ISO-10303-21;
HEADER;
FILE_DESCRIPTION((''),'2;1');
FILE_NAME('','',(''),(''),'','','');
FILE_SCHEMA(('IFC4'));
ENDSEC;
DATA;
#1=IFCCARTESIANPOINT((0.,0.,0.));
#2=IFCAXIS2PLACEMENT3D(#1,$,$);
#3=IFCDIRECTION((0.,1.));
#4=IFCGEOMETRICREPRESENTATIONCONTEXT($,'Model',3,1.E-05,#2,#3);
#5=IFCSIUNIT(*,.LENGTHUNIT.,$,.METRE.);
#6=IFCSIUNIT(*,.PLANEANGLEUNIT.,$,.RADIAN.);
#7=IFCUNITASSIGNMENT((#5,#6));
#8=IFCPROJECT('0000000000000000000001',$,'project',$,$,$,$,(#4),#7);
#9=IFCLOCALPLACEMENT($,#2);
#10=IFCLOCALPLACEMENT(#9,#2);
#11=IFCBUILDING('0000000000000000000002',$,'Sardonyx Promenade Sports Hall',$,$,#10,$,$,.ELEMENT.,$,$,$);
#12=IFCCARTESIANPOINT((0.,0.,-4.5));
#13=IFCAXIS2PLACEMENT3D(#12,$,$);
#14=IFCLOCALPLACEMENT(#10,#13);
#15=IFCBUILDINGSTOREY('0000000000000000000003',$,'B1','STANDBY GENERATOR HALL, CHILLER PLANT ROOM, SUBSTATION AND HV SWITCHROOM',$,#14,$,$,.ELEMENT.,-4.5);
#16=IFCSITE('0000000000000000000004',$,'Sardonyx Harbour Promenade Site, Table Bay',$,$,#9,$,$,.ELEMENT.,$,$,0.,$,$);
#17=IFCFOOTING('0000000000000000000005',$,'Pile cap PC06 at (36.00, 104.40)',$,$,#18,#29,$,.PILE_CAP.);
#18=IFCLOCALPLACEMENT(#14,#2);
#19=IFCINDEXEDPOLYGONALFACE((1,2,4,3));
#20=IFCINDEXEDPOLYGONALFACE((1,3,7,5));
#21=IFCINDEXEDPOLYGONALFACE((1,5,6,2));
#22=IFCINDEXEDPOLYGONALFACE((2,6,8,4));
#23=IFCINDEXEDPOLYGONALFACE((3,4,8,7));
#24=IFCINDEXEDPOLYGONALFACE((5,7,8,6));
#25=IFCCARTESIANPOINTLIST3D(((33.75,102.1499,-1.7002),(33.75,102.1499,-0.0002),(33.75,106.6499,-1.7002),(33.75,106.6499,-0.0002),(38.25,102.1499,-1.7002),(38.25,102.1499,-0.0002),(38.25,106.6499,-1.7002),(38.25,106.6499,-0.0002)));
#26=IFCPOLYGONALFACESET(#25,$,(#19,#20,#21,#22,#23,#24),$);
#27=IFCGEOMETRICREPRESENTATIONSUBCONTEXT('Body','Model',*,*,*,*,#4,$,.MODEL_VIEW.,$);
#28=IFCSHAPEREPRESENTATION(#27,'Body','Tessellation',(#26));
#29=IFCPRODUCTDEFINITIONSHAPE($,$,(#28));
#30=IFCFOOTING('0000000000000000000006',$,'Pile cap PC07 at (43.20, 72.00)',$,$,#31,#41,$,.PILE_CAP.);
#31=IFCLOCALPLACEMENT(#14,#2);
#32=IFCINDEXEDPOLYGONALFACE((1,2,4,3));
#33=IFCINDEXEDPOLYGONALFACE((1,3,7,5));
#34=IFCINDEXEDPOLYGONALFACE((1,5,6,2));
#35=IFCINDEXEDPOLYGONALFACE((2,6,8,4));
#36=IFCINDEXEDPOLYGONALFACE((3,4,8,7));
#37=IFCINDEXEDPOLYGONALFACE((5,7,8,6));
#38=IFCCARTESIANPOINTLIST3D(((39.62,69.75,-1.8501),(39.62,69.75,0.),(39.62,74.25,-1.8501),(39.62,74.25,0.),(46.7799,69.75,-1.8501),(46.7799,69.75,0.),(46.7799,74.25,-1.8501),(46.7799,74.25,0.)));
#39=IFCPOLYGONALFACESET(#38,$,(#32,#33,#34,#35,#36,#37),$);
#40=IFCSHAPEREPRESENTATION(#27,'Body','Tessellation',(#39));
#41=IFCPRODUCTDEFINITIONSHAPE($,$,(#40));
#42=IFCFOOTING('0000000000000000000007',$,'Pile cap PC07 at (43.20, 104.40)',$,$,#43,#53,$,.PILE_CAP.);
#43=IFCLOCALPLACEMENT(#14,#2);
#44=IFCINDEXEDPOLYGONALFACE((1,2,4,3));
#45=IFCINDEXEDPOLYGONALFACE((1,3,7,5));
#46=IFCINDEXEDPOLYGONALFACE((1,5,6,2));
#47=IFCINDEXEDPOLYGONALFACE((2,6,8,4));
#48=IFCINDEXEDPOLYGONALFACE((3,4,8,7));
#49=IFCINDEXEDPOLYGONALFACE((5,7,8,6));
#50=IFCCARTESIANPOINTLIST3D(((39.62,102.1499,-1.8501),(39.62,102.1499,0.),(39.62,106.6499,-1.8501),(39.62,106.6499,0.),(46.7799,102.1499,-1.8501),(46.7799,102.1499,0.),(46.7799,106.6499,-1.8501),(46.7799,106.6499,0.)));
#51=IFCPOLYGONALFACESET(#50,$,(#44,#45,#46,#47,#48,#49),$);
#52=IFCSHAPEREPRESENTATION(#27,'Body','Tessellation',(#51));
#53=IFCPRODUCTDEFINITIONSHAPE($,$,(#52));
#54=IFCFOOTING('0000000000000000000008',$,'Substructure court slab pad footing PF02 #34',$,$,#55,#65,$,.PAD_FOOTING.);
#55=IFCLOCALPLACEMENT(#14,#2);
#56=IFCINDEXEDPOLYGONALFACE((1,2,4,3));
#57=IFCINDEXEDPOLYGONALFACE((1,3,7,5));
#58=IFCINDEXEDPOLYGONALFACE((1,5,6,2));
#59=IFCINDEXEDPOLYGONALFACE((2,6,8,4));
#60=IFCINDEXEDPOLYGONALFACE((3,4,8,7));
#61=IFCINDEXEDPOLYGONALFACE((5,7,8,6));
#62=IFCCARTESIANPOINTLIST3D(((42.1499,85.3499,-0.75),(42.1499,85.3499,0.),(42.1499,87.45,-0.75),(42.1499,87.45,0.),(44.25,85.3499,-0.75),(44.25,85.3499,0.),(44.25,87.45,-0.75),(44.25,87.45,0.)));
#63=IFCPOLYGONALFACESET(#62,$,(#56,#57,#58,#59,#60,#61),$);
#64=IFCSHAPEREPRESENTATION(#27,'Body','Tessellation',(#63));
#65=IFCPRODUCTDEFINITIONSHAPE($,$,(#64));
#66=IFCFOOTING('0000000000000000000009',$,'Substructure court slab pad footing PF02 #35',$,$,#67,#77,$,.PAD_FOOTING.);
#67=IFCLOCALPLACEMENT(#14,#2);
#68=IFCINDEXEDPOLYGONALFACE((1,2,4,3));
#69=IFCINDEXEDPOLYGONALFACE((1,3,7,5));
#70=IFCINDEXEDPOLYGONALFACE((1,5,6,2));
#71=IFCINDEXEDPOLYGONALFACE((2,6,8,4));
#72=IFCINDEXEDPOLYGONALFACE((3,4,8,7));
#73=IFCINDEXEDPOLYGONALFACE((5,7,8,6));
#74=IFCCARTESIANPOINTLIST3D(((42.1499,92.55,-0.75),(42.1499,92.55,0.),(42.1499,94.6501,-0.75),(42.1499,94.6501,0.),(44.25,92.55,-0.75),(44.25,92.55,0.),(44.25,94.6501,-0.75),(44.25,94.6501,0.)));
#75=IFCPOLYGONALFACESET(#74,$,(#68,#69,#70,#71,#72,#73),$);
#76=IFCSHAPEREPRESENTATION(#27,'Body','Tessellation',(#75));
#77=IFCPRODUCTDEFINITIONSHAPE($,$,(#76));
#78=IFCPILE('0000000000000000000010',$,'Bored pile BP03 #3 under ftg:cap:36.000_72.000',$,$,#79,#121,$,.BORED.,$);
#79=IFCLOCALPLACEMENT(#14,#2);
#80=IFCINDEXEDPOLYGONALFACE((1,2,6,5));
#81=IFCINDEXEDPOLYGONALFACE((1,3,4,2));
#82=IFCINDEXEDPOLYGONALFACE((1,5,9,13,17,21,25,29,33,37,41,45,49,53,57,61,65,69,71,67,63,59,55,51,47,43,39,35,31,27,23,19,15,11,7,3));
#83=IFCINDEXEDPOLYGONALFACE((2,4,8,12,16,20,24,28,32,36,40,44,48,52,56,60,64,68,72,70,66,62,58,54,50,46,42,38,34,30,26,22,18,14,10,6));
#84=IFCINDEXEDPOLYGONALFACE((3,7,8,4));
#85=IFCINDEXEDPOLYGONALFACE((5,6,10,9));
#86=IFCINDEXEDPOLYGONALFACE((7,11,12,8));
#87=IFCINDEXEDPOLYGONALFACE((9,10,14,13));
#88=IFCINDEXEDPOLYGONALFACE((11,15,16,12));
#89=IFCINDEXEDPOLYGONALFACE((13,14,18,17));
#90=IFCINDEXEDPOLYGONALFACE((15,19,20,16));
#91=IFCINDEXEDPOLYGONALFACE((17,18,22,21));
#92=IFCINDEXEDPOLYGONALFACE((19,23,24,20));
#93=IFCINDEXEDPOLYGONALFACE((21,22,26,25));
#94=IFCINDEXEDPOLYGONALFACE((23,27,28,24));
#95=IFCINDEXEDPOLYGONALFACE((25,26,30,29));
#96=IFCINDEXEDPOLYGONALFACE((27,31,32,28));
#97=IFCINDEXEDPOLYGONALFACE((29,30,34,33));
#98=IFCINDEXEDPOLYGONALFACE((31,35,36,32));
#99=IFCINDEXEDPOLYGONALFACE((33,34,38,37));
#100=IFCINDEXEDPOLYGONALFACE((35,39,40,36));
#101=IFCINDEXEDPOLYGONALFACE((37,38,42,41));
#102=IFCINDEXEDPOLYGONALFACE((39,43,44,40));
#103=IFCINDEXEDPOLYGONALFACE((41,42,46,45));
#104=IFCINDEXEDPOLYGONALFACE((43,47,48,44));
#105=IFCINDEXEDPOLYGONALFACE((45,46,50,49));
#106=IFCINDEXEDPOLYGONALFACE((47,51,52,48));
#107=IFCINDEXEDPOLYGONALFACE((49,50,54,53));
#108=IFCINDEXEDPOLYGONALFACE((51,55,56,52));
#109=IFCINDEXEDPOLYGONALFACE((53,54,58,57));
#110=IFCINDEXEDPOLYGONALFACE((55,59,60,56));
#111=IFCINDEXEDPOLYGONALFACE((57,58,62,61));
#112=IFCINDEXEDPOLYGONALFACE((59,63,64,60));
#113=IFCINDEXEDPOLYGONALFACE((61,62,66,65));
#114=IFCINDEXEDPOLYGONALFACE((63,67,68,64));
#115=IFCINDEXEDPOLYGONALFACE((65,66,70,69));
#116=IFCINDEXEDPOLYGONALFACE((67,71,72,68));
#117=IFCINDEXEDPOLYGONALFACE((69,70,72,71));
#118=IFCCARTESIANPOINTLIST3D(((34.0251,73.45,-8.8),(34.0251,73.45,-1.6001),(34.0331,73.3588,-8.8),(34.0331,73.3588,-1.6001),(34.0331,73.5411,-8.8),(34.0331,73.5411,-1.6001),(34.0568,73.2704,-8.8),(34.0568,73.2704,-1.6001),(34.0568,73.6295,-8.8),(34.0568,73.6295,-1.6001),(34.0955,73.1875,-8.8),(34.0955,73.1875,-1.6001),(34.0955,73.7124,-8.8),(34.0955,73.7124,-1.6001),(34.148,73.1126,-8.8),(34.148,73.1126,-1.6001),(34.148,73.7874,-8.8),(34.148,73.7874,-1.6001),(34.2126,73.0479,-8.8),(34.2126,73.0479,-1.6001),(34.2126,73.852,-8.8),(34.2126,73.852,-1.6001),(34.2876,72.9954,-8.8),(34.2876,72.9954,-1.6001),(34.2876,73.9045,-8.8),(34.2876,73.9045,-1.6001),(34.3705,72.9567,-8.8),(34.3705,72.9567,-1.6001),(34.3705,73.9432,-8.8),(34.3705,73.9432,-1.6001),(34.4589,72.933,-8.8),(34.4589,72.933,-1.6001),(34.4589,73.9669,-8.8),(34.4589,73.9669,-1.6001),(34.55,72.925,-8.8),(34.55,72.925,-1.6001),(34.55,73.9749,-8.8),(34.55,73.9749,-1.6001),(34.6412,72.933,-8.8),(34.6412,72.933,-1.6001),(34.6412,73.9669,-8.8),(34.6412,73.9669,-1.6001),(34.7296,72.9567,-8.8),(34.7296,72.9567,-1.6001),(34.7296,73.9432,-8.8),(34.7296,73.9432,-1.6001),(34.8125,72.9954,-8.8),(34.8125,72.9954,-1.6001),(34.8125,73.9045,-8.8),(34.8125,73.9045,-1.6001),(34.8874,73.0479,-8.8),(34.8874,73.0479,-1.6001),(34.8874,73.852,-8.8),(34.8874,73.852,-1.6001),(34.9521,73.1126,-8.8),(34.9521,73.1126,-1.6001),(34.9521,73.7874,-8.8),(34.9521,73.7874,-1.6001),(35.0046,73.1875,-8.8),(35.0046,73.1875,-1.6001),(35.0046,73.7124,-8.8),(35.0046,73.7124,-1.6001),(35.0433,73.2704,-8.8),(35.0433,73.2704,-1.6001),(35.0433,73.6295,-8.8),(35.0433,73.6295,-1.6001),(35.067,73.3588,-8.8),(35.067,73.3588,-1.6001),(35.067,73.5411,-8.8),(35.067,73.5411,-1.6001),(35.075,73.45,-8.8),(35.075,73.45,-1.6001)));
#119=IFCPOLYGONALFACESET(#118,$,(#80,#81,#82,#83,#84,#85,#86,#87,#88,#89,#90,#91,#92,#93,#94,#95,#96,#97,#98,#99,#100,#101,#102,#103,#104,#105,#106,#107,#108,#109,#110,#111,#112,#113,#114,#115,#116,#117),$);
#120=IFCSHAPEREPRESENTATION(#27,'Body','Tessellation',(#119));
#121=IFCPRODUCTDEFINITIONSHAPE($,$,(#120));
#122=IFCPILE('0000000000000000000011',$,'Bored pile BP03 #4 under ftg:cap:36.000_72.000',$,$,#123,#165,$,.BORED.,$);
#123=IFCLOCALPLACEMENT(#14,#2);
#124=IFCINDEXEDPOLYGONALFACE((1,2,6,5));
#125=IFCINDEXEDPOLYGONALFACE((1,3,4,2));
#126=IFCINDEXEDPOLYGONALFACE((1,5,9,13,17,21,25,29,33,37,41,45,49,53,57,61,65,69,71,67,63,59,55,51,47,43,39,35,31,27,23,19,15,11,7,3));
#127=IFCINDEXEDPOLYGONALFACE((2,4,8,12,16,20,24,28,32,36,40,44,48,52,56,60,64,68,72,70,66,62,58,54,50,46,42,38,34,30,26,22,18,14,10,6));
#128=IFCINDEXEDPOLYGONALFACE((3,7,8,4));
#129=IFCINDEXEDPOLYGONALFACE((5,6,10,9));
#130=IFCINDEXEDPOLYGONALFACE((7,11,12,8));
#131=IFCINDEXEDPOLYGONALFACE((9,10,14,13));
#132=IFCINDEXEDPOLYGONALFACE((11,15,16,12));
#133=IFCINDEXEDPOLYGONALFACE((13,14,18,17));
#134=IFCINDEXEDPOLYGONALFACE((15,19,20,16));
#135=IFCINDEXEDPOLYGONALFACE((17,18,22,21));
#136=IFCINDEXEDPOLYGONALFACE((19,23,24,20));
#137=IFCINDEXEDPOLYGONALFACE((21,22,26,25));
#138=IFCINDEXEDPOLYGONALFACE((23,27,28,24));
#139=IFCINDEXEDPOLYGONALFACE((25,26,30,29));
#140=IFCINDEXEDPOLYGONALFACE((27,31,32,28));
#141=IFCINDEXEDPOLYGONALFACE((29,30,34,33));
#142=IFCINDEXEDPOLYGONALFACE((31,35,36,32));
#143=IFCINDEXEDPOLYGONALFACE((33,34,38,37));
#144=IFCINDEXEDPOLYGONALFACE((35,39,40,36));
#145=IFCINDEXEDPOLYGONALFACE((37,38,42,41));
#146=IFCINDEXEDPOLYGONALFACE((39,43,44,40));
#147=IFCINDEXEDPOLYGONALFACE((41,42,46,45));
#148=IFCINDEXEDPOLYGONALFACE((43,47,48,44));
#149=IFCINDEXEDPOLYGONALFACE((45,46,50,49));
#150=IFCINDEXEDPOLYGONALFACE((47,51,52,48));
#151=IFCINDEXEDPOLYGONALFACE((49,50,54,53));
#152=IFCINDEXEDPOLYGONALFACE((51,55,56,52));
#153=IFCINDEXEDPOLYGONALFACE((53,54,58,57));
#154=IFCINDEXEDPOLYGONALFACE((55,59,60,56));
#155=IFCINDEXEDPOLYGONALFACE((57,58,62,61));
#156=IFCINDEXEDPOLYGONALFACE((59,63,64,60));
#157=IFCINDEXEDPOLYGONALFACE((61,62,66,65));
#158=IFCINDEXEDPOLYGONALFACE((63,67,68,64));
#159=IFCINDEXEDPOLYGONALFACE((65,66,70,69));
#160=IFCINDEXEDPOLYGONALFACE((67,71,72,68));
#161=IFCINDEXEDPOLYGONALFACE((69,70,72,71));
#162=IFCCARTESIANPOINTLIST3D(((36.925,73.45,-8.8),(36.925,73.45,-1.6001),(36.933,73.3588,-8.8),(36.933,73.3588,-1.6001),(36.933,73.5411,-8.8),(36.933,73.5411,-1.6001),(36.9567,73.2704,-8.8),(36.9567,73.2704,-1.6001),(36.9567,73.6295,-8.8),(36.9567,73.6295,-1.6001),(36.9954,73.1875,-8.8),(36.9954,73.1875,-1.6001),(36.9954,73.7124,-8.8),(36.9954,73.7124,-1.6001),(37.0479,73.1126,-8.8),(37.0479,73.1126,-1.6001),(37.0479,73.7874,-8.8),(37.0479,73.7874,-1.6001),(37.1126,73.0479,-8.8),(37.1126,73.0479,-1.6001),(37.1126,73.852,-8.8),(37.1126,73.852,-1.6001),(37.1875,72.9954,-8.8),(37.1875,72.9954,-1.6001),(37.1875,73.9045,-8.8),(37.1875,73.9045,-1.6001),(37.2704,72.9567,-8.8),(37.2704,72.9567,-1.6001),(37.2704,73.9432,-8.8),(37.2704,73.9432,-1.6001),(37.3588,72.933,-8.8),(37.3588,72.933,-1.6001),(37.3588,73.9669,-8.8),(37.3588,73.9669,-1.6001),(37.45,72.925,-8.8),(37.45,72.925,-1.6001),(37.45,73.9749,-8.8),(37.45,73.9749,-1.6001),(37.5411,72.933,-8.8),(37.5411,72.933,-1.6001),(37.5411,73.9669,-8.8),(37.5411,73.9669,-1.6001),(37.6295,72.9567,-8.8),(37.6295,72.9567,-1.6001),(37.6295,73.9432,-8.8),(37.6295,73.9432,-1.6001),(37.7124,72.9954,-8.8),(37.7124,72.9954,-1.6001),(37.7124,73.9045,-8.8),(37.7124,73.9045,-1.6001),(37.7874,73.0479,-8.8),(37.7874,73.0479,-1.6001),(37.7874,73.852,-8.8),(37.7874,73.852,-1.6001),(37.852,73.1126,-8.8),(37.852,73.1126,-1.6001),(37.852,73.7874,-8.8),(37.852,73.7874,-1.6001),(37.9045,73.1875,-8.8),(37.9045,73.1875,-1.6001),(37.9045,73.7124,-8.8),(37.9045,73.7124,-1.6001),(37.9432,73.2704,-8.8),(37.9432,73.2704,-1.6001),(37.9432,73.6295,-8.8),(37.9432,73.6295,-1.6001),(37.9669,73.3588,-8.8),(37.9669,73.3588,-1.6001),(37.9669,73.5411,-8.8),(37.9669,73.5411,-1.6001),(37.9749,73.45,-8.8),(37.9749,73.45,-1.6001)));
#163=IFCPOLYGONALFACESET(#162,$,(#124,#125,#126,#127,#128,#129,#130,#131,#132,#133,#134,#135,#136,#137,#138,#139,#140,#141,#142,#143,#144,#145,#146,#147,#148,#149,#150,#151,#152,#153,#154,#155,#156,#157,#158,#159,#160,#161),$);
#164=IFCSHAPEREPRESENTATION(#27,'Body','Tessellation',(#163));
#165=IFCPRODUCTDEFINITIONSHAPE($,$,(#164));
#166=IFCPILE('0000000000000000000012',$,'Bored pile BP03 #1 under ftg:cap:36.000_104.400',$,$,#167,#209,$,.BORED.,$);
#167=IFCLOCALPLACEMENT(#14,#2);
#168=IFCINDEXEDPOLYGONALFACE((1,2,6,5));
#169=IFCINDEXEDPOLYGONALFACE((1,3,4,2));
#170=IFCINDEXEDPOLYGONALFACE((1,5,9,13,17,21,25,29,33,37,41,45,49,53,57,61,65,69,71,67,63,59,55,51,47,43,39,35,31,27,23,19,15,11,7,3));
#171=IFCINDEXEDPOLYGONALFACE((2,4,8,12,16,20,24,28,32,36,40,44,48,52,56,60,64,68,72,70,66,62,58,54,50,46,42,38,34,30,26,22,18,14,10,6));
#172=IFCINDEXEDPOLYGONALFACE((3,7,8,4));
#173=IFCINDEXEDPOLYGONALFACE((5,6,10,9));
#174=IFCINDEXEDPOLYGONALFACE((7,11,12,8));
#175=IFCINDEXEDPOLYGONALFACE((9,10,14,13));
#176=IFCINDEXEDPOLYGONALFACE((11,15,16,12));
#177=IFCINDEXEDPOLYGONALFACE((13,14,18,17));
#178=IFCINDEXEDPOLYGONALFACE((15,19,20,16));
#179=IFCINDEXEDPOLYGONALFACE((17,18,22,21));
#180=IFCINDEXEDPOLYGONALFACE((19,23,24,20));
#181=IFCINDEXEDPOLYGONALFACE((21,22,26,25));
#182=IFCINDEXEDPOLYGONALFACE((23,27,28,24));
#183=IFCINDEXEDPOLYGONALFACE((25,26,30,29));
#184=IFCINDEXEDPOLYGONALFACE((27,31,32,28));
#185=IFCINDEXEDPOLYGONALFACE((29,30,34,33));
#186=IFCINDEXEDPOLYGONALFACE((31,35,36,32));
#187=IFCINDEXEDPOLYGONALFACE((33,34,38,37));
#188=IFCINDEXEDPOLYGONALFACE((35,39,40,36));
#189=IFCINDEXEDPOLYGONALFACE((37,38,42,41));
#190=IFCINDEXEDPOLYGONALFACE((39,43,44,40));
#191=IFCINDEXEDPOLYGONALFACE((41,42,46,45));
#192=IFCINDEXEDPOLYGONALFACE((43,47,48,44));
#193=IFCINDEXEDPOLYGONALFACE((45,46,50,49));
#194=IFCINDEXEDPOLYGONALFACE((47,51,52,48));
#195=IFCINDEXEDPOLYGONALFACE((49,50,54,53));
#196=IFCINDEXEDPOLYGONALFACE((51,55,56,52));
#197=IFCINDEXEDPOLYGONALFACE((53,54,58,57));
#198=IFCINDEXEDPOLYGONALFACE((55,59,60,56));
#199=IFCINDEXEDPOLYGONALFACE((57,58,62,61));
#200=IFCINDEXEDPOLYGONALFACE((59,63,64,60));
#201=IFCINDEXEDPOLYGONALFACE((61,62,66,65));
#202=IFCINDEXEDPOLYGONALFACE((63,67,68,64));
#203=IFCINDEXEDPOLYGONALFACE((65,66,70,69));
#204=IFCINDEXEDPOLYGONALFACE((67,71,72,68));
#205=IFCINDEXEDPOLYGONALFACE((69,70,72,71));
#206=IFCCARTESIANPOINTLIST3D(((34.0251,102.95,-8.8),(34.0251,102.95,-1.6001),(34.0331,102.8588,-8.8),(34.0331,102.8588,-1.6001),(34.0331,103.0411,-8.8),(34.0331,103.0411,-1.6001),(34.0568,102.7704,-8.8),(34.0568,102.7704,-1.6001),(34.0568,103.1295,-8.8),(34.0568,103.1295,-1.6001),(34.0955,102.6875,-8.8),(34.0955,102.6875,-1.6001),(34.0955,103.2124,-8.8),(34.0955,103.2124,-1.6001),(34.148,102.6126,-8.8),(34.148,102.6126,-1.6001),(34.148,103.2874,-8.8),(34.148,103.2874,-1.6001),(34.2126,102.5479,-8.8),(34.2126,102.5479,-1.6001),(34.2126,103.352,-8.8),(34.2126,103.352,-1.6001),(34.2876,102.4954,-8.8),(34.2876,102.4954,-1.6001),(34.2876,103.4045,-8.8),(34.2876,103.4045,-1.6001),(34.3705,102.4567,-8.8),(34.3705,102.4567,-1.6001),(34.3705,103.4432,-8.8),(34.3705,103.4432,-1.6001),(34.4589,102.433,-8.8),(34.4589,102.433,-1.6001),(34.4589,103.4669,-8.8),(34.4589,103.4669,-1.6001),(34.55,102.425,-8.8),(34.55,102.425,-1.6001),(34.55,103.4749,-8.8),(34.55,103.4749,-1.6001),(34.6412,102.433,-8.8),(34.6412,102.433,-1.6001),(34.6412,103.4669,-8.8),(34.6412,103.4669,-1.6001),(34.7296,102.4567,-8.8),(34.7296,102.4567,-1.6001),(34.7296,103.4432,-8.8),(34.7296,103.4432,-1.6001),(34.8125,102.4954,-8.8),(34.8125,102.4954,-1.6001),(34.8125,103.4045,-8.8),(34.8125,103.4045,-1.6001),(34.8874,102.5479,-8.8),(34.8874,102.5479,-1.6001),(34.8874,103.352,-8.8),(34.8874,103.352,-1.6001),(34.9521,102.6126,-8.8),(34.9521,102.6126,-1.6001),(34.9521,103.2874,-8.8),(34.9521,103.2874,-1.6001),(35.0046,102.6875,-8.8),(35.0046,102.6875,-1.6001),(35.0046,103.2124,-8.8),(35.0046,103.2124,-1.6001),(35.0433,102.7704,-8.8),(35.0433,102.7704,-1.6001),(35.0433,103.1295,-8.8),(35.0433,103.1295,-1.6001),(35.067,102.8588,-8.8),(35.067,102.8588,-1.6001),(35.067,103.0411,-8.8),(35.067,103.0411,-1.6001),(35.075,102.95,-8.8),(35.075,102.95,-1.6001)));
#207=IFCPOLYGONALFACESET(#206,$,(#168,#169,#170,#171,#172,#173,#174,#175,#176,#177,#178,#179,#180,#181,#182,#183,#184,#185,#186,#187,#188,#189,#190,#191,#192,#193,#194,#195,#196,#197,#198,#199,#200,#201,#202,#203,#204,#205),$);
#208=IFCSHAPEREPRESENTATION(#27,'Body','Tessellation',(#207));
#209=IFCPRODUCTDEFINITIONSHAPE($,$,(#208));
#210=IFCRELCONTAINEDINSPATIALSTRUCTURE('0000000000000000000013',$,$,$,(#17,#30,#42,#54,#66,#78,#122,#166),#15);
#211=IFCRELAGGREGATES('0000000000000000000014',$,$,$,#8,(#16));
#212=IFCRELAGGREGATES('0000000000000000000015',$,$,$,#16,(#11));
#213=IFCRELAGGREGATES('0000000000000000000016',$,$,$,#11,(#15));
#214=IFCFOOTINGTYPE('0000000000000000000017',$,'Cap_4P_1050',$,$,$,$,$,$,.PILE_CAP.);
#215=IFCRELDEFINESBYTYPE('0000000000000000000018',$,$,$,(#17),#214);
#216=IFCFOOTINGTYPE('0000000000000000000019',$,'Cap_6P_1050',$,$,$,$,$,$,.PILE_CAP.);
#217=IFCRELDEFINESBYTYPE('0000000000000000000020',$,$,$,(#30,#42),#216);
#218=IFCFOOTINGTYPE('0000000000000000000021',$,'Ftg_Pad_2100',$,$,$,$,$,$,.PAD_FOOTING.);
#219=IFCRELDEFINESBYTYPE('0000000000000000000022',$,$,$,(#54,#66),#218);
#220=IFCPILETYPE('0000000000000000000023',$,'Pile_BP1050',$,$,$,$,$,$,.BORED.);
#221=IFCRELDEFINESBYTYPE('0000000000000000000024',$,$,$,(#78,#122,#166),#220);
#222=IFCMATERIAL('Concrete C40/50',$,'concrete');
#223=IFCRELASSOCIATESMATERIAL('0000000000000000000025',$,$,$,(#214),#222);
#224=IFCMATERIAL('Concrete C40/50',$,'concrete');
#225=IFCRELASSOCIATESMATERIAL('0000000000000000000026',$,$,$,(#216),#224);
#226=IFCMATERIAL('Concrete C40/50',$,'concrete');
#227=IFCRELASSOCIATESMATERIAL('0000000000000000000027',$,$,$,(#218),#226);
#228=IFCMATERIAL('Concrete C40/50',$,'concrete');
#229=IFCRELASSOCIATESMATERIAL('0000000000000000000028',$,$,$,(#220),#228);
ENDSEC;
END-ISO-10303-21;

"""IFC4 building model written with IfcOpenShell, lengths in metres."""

from ifc_helpers import new_model, si_unit, direction, frame, origin, origin_2d, place, context, subcontext, project, spatial, rectangle, circle, extrude, material, material_profile, profile_set, type_object, element, save


model = new_model("IFC4")

# Units and contexts
model_context = context("Model", 3, precision=1e-05, world=origin(), true_north=direction((0.0, 1.0)))
body_context = subcontext(model_context, "Body", "Model", "MODEL_VIEW")
ifc_project = project(units=[si_unit("LENGTHUNIT", "METRE"), si_unit("PLANEANGLEUNIT", "RADIAN")], contexts=[model_context])

# Site, building, storey
site_placement = place(None, origin())
site = spatial("IfcSite", under=ifc_project, at=site_placement, Name="Sardonyx Harbour Promenade Site, Table Bay", CompositionType="ELEMENT", RefElevation=0.0)
building_placement = place(site_placement, origin())
building = spatial("IfcBuilding", under=site, at=building_placement, Name="Sardonyx Promenade Sports Hall", CompositionType="ELEMENT")
storey_placement = place(building_placement, frame((0.0, 0.0, -4.5)))
storey = spatial("IfcBuildingStorey", under=building, at=storey_placement, Name="B1", Description="STANDBY GENERATOR HALL, CHILLER PLANT ROOM, SUBSTATION AND HV SWITCHROOM", CompositionType="ELEMENT", Elevation=-4.5)

# Footings
ifc_material_1 = material(Name="Concrete C40/50", Category="concrete")
footing_type_1 = type_object("IfcFootingType", Name="Cap_4P_1050", PredefinedType="PILE_CAP", material=ifc_material_1)
footing_placement = place(storey_placement, frame((36.0, 104.3999, -1.7002), z_axis=(0.0, 0.0, 1.0), x_axis=(1.0, 0.0, 0.0)))
element("IfcFooting", 1, at=footing_placement, inside=storey, type_object=footing_type_1, Name="Pile cap PC06 at (36.00, 104.40)", PredefinedType="PILE_CAP", context=body_context, shape_type="SweptSolid", body=[
    extrude(rectangle(XDim=4.5, YDim=4.5, at=origin_2d()), origin(), (0.0, 0.0, 1.0), 1.7),
])
ifc_material_2 = material(Name="Concrete C40/50", Category="concrete")
footing_type_2 = type_object("IfcFootingType", Name="Cap_6P_1050", PredefinedType="PILE_CAP", material=ifc_material_2)
for number, where, z_axis, x_axis, name in (
    (2, (43.2, 72.0, -1.8501), (0.0, 0.0, 1.0), (1.0, 0.0, 0.0), "Pile cap PC07 at (43.20, 72.00)"),
    (3, (43.2, 104.3999, -1.8501), (0.0, 0.0, 1.0), (1.0, 0.0, 0.0), "Pile cap PC07 at (43.20, 104.40)"),
):
    element("IfcFooting", number, at=place(storey_placement, frame(where, z_axis=z_axis, x_axis=x_axis)), inside=storey, type_object=footing_type_2, Name=name, PredefinedType="PILE_CAP", context=body_context, shape_type="SweptSolid", body=[
        extrude(rectangle(XDim=7.1599, YDim=4.5, at=origin_2d()), origin(), (0.0, 0.0, 1.0), 1.8501),
    ])
ifc_material_3 = material(Name="Concrete C40/50", Category="concrete")
footing_type_3 = type_object("IfcFootingType", Name="Ftg_Pad_2100", PredefinedType="PAD_FOOTING", material=ifc_material_3)
for number, where, z_axis, x_axis, name in (
    (4, (43.2, 86.3999, -0.75), (0.0, 0.0, 1.0), (1.0, 0.0, 0.0), "Substructure court slab pad footing PF02 #34"),
    (5, (43.2, 93.6001, -0.75), (0.0, 0.0, 1.0), (1.0, 0.0, 0.0), "Substructure court slab pad footing PF02 #35"),
):
    element("IfcFooting", number, at=place(storey_placement, frame(where, z_axis=z_axis, x_axis=x_axis)), inside=storey, type_object=footing_type_3, Name=name, PredefinedType="PAD_FOOTING", context=body_context, shape_type="SweptSolid", body=[
        extrude(rectangle(XDim=2.1001, YDim=2.1001, at=origin_2d()), origin(), (0.0, 0.0, 1.0), 0.75),
    ])

# Piles
ifc_material_4 = material(Name="Concrete C40/50", Category="concrete")
ifc_material_profile_1 = material_profile(ifc_material_4, circle(Radius=0.5249, at=origin_2d()))
ifc_profile_set_1 = profile_set([ifc_material_profile_1], Name="Concrete C40/50")
pile_type_1 = type_object("IfcPileType", Name="Pile_BP1050", PredefinedType="BORED", material=ifc_profile_set_1)
for number, where, z_axis, x_axis, name in (
    (6, (34.55, 73.45, -1.6001), (0.0, 0.0, -1.0), (1.0, 0.0, 0.0), "Bored pile BP03 #3 under ftg:cap:36.000_72.000"),
    (7, (37.45, 73.45, -1.6001), (0.0, 0.0, -1.0), (1.0, 0.0, 0.0), "Bored pile BP03 #4 under ftg:cap:36.000_72.000"),
    (8, (34.55, 102.95, -1.6001), (0.0, 0.0, -1.0), (1.0, 0.0, 0.0), "Bored pile BP03 #1 under ftg:cap:36.000_104.400"),
):
    element("IfcPile", number, at=place(storey_placement, frame(where, z_axis=z_axis, x_axis=x_axis)), inside=storey, type_object=pile_type_1, Name=name, PredefinedType="BORED", context=body_context, shape_type="SweptSolid", body=[
        extrude(circle(Radius=0.5249, at=origin_2d()), origin(), (0.0, 0.0, 1.0), 7.2),
    ])

save(model, "model.ifc")
